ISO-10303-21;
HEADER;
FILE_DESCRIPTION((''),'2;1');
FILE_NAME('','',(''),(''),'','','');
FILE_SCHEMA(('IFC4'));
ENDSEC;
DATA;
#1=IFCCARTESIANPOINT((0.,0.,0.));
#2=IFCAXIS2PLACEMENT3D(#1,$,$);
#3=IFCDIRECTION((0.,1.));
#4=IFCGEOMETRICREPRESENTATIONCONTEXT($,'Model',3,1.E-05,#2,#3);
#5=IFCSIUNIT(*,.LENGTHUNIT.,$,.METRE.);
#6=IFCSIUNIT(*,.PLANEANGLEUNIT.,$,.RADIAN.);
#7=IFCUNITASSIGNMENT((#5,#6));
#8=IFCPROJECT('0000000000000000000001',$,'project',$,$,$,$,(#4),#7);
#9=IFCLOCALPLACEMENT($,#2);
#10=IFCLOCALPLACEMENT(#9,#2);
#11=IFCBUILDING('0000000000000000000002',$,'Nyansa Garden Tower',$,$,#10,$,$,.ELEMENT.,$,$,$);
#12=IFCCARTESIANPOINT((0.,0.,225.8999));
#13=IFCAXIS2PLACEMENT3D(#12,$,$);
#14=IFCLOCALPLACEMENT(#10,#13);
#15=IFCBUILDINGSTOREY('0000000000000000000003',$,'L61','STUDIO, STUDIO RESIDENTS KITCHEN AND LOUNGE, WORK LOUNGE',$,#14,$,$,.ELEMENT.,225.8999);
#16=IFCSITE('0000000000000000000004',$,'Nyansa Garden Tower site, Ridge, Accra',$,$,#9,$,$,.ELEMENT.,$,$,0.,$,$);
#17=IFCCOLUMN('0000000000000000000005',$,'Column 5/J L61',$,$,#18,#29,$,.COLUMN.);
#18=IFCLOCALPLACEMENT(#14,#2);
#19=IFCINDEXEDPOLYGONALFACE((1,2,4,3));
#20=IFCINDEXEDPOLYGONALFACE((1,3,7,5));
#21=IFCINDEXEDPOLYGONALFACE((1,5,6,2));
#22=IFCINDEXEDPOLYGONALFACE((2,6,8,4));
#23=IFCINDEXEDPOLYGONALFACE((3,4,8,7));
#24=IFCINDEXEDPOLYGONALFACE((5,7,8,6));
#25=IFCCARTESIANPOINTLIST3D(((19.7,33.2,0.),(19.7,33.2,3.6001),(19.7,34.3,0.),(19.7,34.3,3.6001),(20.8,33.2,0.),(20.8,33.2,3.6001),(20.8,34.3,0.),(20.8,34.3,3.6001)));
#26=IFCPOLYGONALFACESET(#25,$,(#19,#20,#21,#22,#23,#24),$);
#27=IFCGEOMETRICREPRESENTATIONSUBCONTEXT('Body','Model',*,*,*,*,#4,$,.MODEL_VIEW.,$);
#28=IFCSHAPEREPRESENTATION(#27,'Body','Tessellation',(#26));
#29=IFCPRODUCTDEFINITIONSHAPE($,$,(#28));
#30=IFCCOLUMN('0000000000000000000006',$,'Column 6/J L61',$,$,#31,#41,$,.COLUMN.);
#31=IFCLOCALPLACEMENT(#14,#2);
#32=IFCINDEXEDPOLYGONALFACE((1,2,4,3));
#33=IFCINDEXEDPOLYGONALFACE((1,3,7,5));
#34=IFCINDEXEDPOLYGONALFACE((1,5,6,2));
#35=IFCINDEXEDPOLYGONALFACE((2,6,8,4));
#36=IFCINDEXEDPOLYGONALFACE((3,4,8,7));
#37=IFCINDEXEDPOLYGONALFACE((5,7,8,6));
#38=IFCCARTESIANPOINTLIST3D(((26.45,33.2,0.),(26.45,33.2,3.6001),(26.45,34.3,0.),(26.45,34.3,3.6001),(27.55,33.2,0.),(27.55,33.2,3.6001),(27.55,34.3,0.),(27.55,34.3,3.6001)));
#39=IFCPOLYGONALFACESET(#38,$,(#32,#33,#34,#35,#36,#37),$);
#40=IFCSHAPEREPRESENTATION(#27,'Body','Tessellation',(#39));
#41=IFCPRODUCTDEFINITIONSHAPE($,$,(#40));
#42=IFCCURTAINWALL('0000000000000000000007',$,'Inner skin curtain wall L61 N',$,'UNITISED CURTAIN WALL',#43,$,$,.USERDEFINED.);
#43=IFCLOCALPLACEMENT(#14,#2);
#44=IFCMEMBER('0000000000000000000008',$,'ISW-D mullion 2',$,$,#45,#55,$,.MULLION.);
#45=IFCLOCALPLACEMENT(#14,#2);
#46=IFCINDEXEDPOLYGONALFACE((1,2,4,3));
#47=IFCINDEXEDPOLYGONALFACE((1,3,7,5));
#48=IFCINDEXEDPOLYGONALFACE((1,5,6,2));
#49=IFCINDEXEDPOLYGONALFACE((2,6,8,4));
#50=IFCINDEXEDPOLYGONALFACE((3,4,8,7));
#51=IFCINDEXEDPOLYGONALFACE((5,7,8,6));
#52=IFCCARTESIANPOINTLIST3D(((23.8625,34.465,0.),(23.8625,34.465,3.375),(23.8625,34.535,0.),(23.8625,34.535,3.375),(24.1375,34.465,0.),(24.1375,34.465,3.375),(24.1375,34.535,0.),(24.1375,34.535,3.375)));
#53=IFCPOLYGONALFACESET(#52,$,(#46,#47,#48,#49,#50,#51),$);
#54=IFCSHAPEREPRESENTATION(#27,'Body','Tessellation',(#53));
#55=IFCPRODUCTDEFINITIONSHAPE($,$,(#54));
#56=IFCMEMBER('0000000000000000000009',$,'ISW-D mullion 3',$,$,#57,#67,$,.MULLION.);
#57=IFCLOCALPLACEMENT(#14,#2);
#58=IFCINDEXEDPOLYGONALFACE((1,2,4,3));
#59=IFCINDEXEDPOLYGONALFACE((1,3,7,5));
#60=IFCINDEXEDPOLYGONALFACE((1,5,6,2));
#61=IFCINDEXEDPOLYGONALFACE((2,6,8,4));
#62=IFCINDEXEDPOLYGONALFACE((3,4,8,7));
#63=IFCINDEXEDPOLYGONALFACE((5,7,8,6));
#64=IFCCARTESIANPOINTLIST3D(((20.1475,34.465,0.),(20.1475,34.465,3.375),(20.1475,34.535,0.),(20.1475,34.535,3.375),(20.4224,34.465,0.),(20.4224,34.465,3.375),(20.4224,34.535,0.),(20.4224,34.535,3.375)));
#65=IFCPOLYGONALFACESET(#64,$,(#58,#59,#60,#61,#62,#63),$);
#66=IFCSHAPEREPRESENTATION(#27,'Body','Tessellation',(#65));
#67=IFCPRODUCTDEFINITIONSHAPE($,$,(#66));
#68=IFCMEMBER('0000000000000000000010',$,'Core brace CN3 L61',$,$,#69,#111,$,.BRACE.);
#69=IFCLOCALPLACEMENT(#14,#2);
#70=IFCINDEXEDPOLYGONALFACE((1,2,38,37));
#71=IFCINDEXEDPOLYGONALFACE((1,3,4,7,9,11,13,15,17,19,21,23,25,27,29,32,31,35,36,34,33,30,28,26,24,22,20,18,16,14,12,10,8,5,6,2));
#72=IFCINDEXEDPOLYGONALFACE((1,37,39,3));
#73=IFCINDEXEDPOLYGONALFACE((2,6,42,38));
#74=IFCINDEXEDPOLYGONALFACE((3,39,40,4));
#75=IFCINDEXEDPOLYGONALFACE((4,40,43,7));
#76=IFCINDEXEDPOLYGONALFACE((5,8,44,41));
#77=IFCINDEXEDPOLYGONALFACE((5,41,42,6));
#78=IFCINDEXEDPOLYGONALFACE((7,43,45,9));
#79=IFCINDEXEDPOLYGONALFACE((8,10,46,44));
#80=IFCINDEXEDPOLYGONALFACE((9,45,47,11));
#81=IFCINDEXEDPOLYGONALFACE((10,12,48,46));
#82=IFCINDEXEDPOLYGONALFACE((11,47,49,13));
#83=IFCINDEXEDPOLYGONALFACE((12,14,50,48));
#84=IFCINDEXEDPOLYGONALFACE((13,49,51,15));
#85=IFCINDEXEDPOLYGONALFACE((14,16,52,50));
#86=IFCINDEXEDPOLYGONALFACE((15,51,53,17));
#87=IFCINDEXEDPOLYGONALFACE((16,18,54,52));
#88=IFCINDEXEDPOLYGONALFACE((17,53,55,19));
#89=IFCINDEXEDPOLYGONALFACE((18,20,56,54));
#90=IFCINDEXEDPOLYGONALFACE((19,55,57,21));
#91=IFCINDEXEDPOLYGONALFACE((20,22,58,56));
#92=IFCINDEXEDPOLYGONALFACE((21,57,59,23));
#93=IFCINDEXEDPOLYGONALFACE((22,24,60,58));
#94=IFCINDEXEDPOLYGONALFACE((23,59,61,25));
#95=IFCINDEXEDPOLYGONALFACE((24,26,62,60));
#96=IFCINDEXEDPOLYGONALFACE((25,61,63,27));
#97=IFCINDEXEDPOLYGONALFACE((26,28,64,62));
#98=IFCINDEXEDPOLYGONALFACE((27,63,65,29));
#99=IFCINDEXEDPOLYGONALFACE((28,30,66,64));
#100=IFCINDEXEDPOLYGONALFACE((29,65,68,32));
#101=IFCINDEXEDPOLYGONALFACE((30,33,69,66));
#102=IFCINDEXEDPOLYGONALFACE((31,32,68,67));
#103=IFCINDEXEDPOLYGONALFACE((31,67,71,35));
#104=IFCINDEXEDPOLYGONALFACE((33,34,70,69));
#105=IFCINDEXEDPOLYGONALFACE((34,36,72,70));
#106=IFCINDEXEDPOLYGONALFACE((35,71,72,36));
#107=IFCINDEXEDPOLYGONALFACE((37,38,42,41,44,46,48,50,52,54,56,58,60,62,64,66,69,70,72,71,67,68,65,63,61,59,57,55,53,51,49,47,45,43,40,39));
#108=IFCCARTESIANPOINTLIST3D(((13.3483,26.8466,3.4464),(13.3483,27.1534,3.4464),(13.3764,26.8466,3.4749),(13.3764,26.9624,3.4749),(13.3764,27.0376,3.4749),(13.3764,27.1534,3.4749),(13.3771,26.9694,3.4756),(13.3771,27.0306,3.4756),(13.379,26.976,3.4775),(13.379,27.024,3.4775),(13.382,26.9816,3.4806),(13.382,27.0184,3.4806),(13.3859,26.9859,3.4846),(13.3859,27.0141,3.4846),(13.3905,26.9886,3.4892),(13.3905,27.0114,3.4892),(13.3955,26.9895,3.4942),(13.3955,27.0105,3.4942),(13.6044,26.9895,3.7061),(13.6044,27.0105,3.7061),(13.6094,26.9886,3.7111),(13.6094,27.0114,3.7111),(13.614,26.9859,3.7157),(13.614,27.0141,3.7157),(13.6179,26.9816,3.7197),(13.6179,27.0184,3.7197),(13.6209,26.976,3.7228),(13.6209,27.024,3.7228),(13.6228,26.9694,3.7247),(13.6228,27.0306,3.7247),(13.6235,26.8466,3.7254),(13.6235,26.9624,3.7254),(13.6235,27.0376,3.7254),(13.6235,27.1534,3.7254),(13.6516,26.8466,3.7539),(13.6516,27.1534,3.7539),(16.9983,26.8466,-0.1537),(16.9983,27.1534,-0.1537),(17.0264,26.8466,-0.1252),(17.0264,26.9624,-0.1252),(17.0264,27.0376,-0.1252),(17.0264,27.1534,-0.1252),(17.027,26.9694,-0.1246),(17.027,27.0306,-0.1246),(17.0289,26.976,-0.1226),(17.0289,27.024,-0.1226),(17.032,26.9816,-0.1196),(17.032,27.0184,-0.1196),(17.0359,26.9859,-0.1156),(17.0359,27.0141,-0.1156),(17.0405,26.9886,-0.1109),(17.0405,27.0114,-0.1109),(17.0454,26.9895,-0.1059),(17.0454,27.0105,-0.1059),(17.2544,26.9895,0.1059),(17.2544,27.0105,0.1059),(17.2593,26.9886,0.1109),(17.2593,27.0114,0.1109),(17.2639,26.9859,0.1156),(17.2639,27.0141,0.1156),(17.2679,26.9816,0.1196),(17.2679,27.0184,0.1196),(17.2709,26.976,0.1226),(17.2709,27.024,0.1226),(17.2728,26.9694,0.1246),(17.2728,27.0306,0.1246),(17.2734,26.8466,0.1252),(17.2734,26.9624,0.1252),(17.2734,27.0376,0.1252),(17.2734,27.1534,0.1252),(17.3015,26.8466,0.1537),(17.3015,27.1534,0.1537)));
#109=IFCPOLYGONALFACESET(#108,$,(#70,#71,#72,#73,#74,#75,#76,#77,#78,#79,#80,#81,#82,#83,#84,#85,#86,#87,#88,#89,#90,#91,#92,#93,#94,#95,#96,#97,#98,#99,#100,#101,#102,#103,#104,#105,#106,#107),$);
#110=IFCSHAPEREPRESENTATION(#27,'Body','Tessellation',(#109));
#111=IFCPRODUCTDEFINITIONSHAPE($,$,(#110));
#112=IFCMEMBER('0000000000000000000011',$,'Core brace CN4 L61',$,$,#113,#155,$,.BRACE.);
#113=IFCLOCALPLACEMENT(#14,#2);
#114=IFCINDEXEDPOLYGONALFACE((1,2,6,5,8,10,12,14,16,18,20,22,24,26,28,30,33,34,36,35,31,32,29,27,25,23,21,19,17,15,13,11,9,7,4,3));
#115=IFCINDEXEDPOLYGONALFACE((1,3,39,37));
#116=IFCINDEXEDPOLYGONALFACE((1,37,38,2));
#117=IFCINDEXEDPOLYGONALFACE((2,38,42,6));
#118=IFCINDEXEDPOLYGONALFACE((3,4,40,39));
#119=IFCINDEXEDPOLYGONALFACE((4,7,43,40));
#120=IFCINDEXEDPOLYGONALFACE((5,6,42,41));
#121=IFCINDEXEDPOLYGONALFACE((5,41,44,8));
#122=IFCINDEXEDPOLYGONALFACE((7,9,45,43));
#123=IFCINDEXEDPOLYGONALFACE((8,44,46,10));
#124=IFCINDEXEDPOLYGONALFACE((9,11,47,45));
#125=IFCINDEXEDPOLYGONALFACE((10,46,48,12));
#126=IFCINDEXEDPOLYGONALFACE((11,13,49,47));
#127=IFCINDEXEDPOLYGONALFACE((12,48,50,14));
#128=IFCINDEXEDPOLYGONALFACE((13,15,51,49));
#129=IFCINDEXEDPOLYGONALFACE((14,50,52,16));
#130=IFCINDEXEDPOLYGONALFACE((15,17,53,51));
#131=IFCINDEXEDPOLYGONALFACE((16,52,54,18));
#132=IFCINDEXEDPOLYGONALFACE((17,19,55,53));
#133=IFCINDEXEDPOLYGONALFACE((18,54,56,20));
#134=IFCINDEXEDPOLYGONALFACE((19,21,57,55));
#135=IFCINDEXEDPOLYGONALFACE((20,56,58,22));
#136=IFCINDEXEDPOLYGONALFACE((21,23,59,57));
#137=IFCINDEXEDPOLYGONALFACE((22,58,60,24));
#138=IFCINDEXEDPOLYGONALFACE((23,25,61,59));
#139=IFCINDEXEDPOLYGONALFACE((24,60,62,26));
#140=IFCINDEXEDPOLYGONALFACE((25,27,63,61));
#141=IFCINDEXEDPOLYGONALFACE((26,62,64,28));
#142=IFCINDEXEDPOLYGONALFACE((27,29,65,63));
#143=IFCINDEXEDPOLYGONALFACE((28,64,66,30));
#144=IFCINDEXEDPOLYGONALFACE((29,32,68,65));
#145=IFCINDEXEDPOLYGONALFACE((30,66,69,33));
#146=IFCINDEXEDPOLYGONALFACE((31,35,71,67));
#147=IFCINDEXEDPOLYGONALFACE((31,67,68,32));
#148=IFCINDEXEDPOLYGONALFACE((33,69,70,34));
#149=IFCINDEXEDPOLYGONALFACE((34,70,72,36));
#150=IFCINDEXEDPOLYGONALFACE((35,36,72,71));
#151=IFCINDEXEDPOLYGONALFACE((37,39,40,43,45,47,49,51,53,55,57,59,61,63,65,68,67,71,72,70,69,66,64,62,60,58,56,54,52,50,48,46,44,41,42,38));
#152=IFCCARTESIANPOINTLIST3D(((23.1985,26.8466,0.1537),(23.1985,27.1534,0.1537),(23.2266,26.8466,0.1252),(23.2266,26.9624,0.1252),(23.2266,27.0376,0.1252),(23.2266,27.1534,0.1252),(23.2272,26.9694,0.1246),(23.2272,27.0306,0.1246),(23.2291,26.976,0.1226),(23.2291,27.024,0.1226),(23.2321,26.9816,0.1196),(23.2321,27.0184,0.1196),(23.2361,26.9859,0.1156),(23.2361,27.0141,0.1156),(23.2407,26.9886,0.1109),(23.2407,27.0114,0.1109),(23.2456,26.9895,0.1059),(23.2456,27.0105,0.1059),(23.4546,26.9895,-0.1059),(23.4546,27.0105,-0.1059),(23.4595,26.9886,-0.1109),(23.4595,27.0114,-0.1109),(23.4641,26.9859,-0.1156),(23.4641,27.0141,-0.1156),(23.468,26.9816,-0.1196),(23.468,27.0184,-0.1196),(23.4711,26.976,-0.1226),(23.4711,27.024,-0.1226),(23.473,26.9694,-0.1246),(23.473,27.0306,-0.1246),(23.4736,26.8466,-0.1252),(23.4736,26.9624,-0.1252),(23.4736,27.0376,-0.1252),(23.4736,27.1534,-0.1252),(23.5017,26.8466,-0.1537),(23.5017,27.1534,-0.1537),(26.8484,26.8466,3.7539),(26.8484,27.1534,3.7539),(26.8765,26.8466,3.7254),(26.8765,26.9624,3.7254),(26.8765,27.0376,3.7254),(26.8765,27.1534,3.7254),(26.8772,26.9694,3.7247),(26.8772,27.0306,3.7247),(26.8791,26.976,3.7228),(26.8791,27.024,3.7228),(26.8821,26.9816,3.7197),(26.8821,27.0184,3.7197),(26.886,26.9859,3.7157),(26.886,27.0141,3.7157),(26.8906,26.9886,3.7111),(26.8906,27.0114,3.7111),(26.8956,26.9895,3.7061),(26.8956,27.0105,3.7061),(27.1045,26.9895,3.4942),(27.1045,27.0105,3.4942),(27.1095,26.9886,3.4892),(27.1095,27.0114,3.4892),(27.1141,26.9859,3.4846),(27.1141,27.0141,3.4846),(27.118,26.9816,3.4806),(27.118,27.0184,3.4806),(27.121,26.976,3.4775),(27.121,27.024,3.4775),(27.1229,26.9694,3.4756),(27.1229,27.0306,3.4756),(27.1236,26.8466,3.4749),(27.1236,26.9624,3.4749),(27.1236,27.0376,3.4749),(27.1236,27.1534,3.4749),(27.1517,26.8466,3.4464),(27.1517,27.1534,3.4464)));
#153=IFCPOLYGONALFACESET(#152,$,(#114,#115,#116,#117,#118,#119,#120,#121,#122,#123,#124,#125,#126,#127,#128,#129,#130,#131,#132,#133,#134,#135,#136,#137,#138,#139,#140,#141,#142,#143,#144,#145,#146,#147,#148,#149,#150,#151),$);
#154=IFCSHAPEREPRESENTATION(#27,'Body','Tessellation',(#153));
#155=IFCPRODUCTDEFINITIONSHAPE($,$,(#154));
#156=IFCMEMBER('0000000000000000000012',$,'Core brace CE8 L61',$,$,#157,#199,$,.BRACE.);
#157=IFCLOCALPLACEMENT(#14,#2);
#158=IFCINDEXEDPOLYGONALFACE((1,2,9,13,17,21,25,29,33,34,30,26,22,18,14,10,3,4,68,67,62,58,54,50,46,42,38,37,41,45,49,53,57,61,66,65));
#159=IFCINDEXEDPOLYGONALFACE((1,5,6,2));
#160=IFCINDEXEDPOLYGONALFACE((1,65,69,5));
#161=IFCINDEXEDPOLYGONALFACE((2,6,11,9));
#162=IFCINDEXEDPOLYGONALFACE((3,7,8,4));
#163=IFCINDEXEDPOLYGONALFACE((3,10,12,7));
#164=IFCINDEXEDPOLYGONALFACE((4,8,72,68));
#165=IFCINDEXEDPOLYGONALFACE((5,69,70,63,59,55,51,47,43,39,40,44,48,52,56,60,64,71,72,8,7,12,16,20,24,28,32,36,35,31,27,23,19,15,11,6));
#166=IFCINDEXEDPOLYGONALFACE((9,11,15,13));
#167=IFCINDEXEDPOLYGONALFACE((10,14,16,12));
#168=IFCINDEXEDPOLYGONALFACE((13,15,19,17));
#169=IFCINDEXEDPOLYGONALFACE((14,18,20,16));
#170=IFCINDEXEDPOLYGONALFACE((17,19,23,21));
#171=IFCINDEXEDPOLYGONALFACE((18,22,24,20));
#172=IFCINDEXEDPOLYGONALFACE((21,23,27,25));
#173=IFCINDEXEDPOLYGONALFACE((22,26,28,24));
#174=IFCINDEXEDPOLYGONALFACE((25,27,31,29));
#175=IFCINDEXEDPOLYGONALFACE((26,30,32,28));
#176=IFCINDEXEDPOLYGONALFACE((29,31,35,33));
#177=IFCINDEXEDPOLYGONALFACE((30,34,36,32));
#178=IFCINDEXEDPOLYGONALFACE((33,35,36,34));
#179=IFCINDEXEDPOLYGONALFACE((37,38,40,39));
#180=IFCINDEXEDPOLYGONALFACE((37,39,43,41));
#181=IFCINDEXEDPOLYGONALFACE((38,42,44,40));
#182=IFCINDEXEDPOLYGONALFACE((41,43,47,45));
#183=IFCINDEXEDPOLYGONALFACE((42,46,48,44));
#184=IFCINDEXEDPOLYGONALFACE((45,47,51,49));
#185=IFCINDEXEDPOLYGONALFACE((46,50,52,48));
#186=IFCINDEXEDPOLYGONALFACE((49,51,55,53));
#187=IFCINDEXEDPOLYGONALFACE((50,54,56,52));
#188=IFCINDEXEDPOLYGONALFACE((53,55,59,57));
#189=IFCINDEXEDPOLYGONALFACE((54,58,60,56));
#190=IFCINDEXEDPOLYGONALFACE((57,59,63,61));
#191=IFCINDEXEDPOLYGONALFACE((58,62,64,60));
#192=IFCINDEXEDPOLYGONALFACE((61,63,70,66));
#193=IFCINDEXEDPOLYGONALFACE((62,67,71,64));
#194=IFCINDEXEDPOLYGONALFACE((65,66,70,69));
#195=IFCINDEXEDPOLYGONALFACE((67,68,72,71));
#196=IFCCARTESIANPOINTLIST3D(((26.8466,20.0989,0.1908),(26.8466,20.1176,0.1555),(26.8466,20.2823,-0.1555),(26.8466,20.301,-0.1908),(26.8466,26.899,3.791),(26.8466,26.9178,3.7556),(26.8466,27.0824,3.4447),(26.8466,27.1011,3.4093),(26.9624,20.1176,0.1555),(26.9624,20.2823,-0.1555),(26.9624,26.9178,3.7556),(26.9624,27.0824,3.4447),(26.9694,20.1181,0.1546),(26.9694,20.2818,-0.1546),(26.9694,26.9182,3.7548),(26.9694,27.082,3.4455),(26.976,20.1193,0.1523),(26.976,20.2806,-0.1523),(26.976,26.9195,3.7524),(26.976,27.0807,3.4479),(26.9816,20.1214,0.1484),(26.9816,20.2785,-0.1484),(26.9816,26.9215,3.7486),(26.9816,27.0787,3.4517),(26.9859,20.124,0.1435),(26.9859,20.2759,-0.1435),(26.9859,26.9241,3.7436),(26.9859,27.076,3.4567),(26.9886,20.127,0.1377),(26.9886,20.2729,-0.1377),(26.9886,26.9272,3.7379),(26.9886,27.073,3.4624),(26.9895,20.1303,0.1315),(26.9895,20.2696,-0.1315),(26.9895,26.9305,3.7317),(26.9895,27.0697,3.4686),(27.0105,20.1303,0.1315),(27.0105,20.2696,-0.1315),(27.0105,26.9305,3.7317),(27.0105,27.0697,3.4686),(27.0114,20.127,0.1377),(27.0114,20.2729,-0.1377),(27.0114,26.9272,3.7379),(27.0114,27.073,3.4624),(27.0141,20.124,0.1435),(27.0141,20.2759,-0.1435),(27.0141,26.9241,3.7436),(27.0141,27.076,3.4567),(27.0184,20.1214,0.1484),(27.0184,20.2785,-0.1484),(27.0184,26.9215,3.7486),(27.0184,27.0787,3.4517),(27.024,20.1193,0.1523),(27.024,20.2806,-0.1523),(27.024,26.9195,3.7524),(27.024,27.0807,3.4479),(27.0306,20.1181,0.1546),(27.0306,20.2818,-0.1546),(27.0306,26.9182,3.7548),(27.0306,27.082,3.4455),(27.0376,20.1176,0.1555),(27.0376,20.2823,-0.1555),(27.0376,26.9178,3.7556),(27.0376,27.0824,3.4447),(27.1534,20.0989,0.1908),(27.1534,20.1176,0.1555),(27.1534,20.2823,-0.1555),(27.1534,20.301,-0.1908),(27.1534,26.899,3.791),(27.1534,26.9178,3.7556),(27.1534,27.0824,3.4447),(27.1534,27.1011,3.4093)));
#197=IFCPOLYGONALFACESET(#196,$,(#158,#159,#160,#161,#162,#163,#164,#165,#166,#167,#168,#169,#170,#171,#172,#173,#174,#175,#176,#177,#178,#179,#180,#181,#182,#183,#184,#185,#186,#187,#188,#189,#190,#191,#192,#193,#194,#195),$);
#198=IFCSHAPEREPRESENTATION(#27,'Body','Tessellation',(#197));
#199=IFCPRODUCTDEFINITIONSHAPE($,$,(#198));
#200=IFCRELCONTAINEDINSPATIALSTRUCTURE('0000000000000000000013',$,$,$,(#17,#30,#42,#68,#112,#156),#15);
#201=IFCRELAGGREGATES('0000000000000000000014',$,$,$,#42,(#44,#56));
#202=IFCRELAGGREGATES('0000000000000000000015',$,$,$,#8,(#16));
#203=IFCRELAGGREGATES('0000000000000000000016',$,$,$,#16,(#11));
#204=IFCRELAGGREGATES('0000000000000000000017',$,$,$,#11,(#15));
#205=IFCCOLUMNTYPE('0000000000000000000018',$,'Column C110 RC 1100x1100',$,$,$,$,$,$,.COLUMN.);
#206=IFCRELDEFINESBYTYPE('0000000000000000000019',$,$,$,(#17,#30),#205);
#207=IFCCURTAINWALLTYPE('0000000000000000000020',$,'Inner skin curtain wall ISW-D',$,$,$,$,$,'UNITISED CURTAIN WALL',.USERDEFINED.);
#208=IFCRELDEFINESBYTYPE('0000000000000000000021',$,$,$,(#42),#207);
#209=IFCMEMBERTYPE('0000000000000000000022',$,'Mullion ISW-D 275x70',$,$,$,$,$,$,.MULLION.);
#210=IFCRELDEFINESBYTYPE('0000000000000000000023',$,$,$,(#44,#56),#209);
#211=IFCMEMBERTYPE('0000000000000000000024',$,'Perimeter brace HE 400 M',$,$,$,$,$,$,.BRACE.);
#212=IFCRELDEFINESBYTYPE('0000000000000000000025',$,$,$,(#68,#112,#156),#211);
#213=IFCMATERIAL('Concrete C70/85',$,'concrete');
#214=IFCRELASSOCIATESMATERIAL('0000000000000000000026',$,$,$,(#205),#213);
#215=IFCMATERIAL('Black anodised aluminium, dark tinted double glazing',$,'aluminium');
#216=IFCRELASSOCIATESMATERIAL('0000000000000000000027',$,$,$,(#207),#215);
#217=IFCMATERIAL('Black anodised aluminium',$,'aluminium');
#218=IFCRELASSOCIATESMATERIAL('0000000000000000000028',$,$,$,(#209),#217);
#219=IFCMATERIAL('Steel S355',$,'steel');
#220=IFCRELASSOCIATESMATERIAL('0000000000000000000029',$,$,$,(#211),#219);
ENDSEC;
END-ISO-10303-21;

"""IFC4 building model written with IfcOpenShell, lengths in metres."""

from ifc_helpers import new_model, si_unit, direction, frame, origin, origin_2d, place, context, subcontext, project, spatial, rectangle, i_section, extrude, material, material_profile, profile_set, type_object, element, aggregate, save


model = new_model("IFC4")

# Units and contexts
model_context = context("Model", 3, precision=1e-05, world=origin(), true_north=direction((0.0, 1.0)))
body_context = subcontext(model_context, "Body", "Model", "MODEL_VIEW")
ifc_project = project(units=[si_unit("LENGTHUNIT", "METRE"), si_unit("PLANEANGLEUNIT", "RADIAN")], contexts=[model_context])

# Site, building, storey
site_placement = place(None, origin())
site = spatial("IfcSite", under=ifc_project, at=site_placement, Name="Nyansa Garden Tower site, Ridge, Accra", CompositionType="ELEMENT", RefElevation=0.0)
building_placement = place(site_placement, origin())
building = spatial("IfcBuilding", under=site, at=building_placement, Name="Nyansa Garden Tower", CompositionType="ELEMENT")
storey_placement = place(building_placement, frame((0.0, 0.0, 225.8999)))
storey = spatial("IfcBuildingStorey", under=building, at=storey_placement, Name="L61", Description="STUDIO, STUDIO RESIDENTS KITCHEN AND LOUNGE, WORK LOUNGE", CompositionType="ELEMENT", Elevation=225.8999)

# Columns
ifc_material_1 = material(Name="Concrete C70/85", Category="concrete")
ifc_material_profile_1 = material_profile(ifc_material_1, rectangle(XDim=1.1001, YDim=1.1001, at=origin_2d()), Name="RC 1100x1100")
ifc_profile_set_1 = profile_set([ifc_material_profile_1], Name="Concrete C70/85")
column_type = type_object("IfcColumnType", Name="Column C110 RC 1100x1100", PredefinedType="COLUMN", material=ifc_profile_set_1)
for number, where, z_axis, x_axis, name in (
    (1, (20.25, 33.75, 0.0), (0.0, 0.0, 1.0), (1.0, 0.0, 0.0), "Column 5/J L61"),
    (2, (27.0, 33.75, 0.0), (0.0, 0.0, 1.0), (1.0, 0.0, 0.0), "Column 6/J L61"),
):
    element("IfcColumn", number, at=place(storey_placement, frame(where, z_axis=z_axis, x_axis=x_axis)), inside=storey, type_object=column_type, Name=name, PredefinedType="COLUMN", context=body_context, shape_type="SweptSolid", body=[
        extrude(rectangle(XDim=1.1001, YDim=1.1001, at=origin_2d()), origin(), (0.0, 0.0, 1.0), 3.6001),
    ])

# Curtain wall, members
ifc_material_2 = material(Name="Black anodised aluminium, dark tinted double glazing", Category="aluminium")
curtain_wall_type = type_object("IfcCurtainWallType", Name="Inner skin curtain wall ISW-D", ElementType="UNITISED CURTAIN WALL", PredefinedType="USERDEFINED", material=ifc_material_2)
curtain_wall_placement = place(storey_placement, origin())
curtain_wall = element("IfcCurtainWall", 3, at=curtain_wall_placement, inside=storey, type_object=curtain_wall_type, Name="Inner skin curtain wall L61 N", ObjectType="UNITISED CURTAIN WALL", PredefinedType="USERDEFINED")
ifc_material_3 = material(Name="Black anodised aluminium", Category="aluminium")
ifc_material_profile_2 = material_profile(ifc_material_3, rectangle(XDim=0.0701, YDim=0.2749, at=origin_2d()), Name="Mullion 275x70")
ifc_profile_set_2 = profile_set([ifc_material_profile_2], Name="Black anodised aluminium")
member_type_1 = type_object("IfcMemberType", Name="Mullion ISW-D 275x70", PredefinedType="MULLION", material=ifc_profile_set_2)
member_1_placement = place(storey_placement, frame((24.0, 34.5, 0.0), z_axis=(0.0, 0.0, 1.0), x_axis=(0.0, -1.0, 0.0)))
member_1 = element("IfcMember", 4, at=member_1_placement, type_object=member_type_1, Name="ISW-D mullion 2", PredefinedType="MULLION", context=body_context, shape_type="SweptSolid", body=[
    extrude(rectangle(XDim=0.0701, YDim=0.2749, at=origin_2d()), origin(), (0.0, 0.0, 1.0), 3.375),
])
member_2_placement = place(storey_placement, frame((20.2849, 34.5, 0.0), z_axis=(0.0, 0.0, 1.0), x_axis=(0.0, -1.0, 0.0)))
member_2 = element("IfcMember", 5, at=member_2_placement, type_object=member_type_1, Name="ISW-D mullion 3", PredefinedType="MULLION", context=body_context, shape_type="SweptSolid", body=[
    extrude(rectangle(XDim=0.0701, YDim=0.2749, at=origin_2d()), origin(), (0.0, 0.0, 1.0), 3.375),
])

# Members
ifc_material_4 = material(Name="Steel S355", Category="steel")
ifc_material_profile_3 = material_profile(ifc_material_4, i_section(OverallWidth=0.3069, OverallDepth=0.4319, WebThickness=0.021, FlangeThickness=0.04, FilletRadius=0.0271, at=origin_2d()), Name="HE 400 M")
ifc_profile_set_3 = profile_set([ifc_material_profile_3], Name="Steel S355")
member_type_2 = type_object("IfcMemberType", Name="Perimeter brace HE 400 M", PredefinedType="BRACE", material=ifc_profile_set_3)
for number, where, z_axis, x_axis, name in (
    (6, (17.1499, 27.0, 0.0), (-0.711948, 0.0, 0.702233), (0.0, -1.0, 0.0), "Core brace CN3 L61"),
    (7, (23.3501, 27.0, 0.0), (0.711948, 0.0, 0.702233), (0.0, 1.0, 0.0), "Core brace CN4 L61"),
):
    element("IfcMember", number, at=place(storey_placement, frame(where, z_axis=z_axis, x_axis=x_axis)), inside=storey, type_object=member_type_2, Name=name, PredefinedType="BRACE", context=body_context, shape_type="SweptSolid", body=[
        extrude(i_section(OverallWidth=0.3069, OverallDepth=0.4319, WebThickness=0.021, FlangeThickness=0.04, FilletRadius=0.0271, at=origin_2d()), origin(), (0.0, 0.0, 1.0), 5.1267),
    ])
member_3_placement = place(storey_placement, frame((27.0, 20.2, 0.0), z_axis=(0.0, 0.883784, 0.467895), x_axis=(-1.0, 0.0, 0.0)))
element("IfcMember", 8, at=member_3_placement, inside=storey, type_object=member_type_2, Name="Core brace CE8 L61", PredefinedType="BRACE", context=body_context, shape_type="SweptSolid", body=[
    extrude(i_section(OverallWidth=0.3069, OverallDepth=0.4319, WebThickness=0.021, FlangeThickness=0.04, FilletRadius=0.0271, at=origin_2d()), origin(), (0.0, 0.0, 1.0), 7.6943),
])

aggregate(curtain_wall, [member_1, member_2])

save(model, "model.ifc")
